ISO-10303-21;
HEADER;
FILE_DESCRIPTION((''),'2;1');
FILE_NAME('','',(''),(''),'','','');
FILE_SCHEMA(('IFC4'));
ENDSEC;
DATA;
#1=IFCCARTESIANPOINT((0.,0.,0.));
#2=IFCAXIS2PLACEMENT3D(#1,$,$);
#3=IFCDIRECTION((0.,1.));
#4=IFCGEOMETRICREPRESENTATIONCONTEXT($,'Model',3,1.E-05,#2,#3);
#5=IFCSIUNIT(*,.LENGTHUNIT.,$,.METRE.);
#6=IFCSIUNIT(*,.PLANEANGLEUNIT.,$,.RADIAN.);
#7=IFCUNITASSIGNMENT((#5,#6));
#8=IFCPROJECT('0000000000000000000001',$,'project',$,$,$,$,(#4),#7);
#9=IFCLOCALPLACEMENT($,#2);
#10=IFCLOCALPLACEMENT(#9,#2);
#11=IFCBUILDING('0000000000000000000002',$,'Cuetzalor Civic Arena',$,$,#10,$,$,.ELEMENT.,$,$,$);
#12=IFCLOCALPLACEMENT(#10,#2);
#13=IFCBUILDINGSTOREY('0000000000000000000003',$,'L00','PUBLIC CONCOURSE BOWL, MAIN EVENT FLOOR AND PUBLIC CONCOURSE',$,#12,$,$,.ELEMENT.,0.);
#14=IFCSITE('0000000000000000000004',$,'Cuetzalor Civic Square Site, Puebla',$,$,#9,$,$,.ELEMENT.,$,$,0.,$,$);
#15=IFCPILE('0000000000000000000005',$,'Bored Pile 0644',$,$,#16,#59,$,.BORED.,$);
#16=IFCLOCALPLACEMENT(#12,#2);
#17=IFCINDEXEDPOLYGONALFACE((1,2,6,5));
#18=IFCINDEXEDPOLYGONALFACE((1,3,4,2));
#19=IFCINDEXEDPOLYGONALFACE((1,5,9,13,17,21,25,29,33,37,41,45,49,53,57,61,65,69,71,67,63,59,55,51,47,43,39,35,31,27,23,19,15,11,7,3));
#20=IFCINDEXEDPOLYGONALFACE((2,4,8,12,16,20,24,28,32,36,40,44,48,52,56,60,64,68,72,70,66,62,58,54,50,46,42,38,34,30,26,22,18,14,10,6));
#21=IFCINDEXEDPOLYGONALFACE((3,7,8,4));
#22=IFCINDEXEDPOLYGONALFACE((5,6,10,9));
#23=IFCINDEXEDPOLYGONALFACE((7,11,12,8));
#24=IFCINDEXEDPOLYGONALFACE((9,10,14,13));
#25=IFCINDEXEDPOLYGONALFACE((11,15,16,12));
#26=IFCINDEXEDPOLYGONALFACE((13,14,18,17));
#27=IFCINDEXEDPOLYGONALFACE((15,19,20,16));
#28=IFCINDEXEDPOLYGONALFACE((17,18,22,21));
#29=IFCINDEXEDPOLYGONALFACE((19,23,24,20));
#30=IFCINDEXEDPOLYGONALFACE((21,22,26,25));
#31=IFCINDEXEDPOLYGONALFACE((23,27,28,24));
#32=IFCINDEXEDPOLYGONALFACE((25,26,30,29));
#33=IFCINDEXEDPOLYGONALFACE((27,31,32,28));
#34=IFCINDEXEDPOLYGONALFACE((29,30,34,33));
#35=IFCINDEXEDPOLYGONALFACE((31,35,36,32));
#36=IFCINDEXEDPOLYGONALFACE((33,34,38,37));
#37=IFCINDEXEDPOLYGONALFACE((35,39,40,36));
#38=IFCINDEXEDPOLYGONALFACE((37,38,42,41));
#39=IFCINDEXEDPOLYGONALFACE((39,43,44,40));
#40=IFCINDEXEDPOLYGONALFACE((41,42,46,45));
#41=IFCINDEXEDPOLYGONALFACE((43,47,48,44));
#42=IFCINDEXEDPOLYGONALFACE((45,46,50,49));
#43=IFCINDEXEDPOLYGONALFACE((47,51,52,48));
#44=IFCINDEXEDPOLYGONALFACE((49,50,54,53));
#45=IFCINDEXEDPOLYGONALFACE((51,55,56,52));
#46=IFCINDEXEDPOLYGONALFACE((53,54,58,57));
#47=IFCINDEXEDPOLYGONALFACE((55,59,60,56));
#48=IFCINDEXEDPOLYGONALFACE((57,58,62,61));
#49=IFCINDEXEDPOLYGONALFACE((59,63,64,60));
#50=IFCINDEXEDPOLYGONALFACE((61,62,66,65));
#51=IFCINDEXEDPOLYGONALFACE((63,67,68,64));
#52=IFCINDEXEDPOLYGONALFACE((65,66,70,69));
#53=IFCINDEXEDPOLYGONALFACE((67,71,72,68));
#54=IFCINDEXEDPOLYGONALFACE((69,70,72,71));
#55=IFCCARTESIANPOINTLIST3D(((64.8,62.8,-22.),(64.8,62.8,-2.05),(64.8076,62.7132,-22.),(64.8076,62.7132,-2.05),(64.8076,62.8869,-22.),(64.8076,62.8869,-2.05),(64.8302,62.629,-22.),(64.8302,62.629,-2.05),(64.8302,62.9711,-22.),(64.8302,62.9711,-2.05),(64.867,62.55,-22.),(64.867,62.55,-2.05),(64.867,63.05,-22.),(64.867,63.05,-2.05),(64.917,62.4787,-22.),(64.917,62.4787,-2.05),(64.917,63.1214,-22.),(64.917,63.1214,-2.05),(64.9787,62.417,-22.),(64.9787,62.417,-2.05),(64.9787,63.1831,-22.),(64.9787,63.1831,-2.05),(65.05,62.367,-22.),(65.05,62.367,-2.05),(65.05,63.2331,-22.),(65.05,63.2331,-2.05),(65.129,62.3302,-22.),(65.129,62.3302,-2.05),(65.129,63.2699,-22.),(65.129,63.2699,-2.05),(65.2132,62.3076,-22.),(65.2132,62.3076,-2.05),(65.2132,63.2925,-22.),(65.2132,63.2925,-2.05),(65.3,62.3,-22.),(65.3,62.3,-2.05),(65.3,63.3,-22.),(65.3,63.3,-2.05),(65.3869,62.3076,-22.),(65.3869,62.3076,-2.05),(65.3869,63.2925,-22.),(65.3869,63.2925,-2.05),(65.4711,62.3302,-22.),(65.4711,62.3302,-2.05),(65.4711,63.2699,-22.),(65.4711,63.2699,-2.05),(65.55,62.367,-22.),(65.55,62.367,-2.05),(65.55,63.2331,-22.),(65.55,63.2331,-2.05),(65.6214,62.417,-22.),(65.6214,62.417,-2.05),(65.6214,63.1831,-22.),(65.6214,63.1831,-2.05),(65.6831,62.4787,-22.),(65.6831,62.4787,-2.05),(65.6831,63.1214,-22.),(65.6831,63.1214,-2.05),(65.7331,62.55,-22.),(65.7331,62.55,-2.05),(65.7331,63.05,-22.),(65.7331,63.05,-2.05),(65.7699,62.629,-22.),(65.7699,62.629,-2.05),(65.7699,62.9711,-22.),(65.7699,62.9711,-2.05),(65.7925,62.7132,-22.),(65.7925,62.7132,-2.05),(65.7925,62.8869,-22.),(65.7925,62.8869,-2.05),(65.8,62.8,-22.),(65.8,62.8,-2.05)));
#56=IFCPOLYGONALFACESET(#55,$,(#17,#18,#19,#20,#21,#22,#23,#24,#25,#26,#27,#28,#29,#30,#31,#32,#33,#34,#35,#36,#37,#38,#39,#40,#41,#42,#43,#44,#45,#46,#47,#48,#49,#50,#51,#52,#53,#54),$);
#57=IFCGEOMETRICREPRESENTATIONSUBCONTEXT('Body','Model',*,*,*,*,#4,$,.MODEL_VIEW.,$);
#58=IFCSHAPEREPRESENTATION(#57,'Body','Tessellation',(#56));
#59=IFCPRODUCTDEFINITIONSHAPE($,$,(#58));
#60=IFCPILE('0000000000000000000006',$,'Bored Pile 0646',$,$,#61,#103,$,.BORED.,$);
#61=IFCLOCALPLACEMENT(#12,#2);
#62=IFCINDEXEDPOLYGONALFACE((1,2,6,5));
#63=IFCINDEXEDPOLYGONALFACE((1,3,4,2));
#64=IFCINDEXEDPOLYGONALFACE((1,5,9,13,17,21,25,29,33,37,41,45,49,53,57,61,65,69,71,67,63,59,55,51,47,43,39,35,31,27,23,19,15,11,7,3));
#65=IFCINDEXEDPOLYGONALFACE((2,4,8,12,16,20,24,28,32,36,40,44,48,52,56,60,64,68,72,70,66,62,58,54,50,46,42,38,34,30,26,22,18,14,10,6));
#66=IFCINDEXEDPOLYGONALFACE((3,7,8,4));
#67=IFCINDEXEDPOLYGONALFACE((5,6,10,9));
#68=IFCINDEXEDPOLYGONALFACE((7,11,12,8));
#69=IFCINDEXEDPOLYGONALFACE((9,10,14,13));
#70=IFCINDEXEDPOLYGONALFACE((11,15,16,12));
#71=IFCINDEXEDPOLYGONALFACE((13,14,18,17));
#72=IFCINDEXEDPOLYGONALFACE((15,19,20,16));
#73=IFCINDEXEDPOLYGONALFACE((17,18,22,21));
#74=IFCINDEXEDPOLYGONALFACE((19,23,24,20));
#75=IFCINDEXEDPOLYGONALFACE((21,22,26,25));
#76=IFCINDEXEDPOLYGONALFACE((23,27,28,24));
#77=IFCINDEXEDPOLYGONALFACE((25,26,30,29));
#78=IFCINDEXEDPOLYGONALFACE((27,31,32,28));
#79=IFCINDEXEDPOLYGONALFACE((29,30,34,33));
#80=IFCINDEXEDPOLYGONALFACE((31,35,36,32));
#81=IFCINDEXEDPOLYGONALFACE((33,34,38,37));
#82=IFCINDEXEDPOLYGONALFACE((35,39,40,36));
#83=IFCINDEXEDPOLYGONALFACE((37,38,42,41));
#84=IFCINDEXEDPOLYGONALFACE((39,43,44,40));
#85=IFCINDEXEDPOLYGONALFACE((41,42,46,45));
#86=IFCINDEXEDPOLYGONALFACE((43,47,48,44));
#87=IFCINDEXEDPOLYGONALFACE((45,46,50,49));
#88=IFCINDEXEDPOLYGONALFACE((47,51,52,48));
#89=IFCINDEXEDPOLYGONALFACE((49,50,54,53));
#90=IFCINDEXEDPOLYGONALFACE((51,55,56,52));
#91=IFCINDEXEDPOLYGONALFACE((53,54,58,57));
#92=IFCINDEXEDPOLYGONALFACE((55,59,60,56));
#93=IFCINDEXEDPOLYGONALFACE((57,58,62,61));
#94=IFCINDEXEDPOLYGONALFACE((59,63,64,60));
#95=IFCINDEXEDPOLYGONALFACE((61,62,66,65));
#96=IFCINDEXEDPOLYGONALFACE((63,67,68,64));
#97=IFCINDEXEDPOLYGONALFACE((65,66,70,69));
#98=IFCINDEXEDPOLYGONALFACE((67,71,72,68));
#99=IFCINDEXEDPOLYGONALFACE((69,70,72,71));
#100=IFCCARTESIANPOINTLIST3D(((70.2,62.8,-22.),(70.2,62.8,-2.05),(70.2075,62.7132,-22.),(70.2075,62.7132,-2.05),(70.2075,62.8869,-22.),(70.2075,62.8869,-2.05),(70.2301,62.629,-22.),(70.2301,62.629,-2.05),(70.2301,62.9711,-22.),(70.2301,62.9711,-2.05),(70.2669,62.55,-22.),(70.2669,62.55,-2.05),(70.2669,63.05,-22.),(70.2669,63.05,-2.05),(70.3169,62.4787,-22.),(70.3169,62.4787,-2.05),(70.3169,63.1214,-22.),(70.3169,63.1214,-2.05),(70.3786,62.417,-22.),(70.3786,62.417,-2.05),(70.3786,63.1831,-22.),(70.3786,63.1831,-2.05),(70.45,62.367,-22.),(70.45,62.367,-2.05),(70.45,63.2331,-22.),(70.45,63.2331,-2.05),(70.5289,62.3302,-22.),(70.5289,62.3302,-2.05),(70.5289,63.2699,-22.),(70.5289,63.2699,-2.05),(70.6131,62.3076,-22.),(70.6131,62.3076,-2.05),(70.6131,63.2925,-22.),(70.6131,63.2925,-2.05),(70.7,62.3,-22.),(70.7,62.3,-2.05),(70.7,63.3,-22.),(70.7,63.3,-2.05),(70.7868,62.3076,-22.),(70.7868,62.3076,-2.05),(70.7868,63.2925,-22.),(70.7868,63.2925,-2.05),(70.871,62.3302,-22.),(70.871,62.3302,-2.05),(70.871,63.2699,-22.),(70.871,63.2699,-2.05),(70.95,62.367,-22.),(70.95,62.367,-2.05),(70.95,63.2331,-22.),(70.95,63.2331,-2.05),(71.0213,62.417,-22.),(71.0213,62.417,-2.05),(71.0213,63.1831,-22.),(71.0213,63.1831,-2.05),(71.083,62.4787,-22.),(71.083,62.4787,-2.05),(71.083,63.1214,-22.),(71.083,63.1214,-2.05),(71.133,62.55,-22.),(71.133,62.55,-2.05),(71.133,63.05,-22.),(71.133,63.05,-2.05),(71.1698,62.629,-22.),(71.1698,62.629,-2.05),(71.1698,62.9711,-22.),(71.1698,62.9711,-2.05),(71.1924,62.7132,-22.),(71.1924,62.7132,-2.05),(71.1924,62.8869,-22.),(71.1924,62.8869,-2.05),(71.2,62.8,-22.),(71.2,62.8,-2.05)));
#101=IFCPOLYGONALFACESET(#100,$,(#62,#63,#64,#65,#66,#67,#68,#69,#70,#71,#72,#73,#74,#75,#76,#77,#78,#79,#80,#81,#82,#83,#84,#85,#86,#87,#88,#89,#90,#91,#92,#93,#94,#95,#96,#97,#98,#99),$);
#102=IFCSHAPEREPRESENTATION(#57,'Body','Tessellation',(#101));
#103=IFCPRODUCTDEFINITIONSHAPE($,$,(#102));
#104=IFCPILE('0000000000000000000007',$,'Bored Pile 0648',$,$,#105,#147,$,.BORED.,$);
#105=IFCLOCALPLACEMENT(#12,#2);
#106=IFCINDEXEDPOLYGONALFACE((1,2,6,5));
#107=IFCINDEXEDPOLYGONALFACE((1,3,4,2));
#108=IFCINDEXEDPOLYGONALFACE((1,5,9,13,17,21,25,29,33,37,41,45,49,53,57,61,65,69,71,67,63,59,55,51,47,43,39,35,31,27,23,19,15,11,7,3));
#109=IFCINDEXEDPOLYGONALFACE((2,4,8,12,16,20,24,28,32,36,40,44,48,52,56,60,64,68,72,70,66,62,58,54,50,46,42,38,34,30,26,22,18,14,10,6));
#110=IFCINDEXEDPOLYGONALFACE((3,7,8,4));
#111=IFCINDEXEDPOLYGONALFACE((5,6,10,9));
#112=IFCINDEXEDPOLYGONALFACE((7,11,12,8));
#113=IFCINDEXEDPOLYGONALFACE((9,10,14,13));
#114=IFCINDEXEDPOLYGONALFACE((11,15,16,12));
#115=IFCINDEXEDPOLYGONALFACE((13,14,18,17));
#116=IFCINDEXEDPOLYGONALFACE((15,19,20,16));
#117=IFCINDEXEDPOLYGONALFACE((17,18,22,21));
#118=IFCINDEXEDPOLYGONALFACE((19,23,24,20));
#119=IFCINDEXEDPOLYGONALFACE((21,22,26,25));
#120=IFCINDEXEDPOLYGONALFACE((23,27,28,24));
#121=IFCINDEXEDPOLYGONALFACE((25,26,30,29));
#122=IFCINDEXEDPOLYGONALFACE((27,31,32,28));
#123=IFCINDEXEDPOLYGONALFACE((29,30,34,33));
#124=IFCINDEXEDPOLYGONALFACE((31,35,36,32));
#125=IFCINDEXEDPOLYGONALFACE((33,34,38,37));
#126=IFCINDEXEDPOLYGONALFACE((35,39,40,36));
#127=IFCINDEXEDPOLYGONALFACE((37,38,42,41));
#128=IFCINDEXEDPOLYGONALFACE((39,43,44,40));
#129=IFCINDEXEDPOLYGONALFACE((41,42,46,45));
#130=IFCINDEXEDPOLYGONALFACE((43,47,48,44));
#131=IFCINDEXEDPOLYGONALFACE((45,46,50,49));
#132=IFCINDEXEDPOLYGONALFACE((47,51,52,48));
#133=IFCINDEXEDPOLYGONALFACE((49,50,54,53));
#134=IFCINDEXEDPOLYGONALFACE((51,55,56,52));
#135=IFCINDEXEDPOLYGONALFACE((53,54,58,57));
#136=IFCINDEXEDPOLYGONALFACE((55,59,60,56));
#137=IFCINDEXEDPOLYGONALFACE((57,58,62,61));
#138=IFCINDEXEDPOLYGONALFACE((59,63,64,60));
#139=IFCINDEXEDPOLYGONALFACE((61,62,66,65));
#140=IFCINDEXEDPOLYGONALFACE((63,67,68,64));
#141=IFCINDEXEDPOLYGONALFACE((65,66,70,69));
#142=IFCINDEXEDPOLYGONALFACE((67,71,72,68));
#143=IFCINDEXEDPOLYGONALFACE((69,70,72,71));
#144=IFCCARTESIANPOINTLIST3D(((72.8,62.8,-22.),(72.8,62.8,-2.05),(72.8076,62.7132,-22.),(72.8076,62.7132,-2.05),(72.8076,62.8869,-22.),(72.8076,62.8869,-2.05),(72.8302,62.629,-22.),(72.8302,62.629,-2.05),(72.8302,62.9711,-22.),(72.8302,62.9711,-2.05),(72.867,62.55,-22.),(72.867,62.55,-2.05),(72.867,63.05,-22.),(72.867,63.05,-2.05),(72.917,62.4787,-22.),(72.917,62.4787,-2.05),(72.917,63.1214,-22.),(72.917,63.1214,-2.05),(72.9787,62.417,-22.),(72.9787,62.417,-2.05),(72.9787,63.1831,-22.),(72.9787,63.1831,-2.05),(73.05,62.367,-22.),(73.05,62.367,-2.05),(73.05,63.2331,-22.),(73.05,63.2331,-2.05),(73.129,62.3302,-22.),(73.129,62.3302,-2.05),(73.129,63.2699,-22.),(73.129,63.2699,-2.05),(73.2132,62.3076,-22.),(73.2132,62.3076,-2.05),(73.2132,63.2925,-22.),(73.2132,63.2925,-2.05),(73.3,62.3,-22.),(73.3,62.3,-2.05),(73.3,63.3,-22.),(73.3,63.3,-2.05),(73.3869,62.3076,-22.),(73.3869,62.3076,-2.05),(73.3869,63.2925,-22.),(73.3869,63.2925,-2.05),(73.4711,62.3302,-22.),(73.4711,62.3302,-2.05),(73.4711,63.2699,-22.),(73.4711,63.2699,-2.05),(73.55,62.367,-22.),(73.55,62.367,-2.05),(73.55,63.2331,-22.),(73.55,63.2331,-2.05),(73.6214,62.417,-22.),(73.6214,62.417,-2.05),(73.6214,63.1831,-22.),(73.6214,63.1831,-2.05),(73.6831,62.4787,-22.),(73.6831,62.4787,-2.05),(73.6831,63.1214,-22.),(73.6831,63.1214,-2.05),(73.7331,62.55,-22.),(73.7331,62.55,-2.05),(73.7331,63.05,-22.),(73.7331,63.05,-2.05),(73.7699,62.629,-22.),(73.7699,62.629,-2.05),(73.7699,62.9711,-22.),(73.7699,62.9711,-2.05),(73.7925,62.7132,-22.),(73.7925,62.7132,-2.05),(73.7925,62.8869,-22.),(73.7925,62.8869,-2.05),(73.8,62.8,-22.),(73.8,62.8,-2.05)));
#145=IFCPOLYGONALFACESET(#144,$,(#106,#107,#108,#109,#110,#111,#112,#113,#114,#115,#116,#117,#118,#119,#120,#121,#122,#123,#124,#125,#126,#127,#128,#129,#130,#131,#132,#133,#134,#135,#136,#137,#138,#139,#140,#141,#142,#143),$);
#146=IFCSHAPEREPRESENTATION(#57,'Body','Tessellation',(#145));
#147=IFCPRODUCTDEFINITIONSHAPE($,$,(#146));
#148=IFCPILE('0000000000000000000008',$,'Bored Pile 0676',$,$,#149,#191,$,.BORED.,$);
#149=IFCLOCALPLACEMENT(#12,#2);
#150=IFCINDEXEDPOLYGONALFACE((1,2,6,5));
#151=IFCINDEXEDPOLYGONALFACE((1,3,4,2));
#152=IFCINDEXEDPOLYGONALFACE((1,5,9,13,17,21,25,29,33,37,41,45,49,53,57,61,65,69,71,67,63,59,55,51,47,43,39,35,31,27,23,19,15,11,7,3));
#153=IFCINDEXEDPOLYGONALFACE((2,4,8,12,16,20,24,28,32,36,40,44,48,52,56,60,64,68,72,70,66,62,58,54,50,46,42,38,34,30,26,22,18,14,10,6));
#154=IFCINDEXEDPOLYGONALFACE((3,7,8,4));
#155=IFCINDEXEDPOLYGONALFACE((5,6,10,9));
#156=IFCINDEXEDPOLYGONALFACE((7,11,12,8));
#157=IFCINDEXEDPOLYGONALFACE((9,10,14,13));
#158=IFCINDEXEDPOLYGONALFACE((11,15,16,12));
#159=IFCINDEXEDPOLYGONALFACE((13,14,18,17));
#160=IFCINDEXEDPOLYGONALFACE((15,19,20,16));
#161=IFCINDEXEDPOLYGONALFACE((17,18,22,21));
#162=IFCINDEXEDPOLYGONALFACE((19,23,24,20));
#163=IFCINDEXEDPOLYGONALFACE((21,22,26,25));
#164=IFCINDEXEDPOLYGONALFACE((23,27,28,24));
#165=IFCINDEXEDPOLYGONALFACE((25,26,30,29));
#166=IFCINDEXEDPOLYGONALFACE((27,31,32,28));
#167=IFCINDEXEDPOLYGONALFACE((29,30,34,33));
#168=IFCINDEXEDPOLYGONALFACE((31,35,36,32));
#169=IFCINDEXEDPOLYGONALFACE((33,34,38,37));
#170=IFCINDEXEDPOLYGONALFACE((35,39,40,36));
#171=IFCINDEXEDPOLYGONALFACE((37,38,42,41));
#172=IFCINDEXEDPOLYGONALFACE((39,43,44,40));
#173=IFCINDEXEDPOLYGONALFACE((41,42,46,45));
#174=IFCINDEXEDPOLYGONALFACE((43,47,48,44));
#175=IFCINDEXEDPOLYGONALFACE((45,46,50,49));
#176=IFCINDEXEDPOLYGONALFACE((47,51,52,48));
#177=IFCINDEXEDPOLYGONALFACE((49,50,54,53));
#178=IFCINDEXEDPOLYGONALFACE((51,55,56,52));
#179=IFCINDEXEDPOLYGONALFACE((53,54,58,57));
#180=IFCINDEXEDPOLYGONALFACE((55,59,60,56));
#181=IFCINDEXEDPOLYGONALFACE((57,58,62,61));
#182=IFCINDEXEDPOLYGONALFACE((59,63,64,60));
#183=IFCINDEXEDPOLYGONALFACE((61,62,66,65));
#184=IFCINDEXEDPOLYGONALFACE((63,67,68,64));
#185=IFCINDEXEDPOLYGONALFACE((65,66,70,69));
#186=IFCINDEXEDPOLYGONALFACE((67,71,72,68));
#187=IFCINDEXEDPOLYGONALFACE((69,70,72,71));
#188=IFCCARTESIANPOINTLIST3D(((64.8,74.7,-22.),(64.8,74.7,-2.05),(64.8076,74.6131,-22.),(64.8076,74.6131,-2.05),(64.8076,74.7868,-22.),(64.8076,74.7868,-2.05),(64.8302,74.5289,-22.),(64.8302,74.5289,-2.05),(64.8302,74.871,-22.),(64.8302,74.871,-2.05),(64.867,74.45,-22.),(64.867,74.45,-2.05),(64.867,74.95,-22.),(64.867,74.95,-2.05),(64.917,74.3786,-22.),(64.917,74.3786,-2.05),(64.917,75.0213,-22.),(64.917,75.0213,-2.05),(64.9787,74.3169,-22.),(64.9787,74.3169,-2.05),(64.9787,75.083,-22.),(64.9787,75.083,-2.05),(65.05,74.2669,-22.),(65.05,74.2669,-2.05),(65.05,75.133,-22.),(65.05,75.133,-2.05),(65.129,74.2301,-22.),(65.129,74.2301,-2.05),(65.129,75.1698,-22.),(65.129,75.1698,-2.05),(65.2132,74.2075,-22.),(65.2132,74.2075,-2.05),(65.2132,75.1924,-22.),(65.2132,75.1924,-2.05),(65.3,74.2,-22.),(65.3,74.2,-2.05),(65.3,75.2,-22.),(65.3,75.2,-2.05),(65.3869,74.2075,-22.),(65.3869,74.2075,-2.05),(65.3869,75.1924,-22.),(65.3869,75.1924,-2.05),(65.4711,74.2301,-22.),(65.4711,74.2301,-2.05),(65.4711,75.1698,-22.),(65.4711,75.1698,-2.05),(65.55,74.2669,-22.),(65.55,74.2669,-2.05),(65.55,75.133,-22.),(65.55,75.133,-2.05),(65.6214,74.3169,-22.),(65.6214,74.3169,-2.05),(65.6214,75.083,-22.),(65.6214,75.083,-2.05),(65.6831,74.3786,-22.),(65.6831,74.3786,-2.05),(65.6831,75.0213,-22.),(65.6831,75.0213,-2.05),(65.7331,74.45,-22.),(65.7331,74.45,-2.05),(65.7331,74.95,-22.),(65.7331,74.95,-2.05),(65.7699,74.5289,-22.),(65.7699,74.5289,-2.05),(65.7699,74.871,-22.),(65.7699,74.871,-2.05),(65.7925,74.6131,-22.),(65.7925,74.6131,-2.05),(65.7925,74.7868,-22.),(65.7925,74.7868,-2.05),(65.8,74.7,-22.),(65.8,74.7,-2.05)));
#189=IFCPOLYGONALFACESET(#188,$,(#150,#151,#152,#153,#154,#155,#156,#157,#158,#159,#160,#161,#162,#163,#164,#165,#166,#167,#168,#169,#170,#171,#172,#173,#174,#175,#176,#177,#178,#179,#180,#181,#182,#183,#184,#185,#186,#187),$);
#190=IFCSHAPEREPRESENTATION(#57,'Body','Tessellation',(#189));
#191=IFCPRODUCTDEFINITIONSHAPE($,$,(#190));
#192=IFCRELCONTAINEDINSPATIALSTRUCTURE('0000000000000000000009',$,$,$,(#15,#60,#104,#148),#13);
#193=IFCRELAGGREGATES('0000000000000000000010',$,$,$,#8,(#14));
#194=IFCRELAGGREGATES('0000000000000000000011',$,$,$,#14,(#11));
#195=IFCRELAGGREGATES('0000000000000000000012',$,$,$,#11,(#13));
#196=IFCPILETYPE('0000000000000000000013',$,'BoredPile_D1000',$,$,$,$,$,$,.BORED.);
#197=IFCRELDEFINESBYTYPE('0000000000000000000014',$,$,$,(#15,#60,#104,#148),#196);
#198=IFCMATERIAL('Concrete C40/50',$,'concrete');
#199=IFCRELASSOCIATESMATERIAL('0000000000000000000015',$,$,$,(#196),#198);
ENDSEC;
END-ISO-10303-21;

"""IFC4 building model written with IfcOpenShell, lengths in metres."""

from ifc_helpers import new_model, si_unit, direction, frame, origin, origin_2d, place, context, subcontext, project, spatial, circle, extrude, material, material_profile, profile_set, type_object, element, save


model = new_model("IFC4")

# Units and contexts
model_context = context("Model", 3, precision=1e-05, world=origin(), true_north=direction((0.0, 1.0)))
body_context = subcontext(model_context, "Body", "Model", "MODEL_VIEW")
ifc_project = project(units=[si_unit("LENGTHUNIT", "METRE"), si_unit("PLANEANGLEUNIT", "RADIAN")], contexts=[model_context])

# Site, building, storey
site_placement = place(None, origin())
site = spatial("IfcSite", under=ifc_project, at=site_placement, Name="Cuetzalor Civic Square Site, Puebla", CompositionType="ELEMENT", RefElevation=0.0)
building_placement = place(site_placement, origin())
building = spatial("IfcBuilding", under=site, at=building_placement, Name="Cuetzalor Civic Arena", CompositionType="ELEMENT")
storey_placement = place(building_placement, origin())
storey = spatial("IfcBuildingStorey", under=building, at=storey_placement, Name="L00", Description="PUBLIC CONCOURSE BOWL, MAIN EVENT FLOOR AND PUBLIC CONCOURSE", CompositionType="ELEMENT", Elevation=0.0)

# Piles
ifc_material_1 = material(Name="Concrete C40/50", Category="concrete")
ifc_material_profile_1 = material_profile(ifc_material_1, circle(Radius=0.5, at=origin_2d()), Name="BORED PILE D1000")
ifc_profile_set_1 = profile_set([ifc_material_profile_1], Name="Concrete C40/50")
pile_type = type_object("IfcPileType", Name="BoredPile_D1000", PredefinedType="BORED", material=ifc_profile_set_1)
for number, where, z_axis, x_axis, name in (
    (1, (65.3, 62.8, -2.05), (0.0, 0.0, -1.0), (1.0, 0.0, 0.0), "Bored Pile 0644"),
    (2, (70.7, 62.8, -2.05), (0.0, 0.0, -1.0), (1.0, 0.0, 0.0), "Bored Pile 0646"),
    (3, (73.3, 62.8, -2.05), (0.0, 0.0, -1.0), (1.0, 0.0, 0.0), "Bored Pile 0648"),
    (4, (65.3, 74.7, -2.05), (0.0, 0.0, -1.0), (1.0, 0.0, 0.0), "Bored Pile 0676"),
):
    element("IfcPile", number, at=place(storey_placement, frame(where, z_axis=z_axis, x_axis=x_axis)), inside=storey, type_object=pile_type, Name=name, PredefinedType="BORED", context=body_context, shape_type="SweptSolid", body=[
        extrude(circle(Radius=0.5, at=origin_2d()), origin(), (0.0, 0.0, 1.0), 19.95),
    ])

save(model, "model.ifc")
